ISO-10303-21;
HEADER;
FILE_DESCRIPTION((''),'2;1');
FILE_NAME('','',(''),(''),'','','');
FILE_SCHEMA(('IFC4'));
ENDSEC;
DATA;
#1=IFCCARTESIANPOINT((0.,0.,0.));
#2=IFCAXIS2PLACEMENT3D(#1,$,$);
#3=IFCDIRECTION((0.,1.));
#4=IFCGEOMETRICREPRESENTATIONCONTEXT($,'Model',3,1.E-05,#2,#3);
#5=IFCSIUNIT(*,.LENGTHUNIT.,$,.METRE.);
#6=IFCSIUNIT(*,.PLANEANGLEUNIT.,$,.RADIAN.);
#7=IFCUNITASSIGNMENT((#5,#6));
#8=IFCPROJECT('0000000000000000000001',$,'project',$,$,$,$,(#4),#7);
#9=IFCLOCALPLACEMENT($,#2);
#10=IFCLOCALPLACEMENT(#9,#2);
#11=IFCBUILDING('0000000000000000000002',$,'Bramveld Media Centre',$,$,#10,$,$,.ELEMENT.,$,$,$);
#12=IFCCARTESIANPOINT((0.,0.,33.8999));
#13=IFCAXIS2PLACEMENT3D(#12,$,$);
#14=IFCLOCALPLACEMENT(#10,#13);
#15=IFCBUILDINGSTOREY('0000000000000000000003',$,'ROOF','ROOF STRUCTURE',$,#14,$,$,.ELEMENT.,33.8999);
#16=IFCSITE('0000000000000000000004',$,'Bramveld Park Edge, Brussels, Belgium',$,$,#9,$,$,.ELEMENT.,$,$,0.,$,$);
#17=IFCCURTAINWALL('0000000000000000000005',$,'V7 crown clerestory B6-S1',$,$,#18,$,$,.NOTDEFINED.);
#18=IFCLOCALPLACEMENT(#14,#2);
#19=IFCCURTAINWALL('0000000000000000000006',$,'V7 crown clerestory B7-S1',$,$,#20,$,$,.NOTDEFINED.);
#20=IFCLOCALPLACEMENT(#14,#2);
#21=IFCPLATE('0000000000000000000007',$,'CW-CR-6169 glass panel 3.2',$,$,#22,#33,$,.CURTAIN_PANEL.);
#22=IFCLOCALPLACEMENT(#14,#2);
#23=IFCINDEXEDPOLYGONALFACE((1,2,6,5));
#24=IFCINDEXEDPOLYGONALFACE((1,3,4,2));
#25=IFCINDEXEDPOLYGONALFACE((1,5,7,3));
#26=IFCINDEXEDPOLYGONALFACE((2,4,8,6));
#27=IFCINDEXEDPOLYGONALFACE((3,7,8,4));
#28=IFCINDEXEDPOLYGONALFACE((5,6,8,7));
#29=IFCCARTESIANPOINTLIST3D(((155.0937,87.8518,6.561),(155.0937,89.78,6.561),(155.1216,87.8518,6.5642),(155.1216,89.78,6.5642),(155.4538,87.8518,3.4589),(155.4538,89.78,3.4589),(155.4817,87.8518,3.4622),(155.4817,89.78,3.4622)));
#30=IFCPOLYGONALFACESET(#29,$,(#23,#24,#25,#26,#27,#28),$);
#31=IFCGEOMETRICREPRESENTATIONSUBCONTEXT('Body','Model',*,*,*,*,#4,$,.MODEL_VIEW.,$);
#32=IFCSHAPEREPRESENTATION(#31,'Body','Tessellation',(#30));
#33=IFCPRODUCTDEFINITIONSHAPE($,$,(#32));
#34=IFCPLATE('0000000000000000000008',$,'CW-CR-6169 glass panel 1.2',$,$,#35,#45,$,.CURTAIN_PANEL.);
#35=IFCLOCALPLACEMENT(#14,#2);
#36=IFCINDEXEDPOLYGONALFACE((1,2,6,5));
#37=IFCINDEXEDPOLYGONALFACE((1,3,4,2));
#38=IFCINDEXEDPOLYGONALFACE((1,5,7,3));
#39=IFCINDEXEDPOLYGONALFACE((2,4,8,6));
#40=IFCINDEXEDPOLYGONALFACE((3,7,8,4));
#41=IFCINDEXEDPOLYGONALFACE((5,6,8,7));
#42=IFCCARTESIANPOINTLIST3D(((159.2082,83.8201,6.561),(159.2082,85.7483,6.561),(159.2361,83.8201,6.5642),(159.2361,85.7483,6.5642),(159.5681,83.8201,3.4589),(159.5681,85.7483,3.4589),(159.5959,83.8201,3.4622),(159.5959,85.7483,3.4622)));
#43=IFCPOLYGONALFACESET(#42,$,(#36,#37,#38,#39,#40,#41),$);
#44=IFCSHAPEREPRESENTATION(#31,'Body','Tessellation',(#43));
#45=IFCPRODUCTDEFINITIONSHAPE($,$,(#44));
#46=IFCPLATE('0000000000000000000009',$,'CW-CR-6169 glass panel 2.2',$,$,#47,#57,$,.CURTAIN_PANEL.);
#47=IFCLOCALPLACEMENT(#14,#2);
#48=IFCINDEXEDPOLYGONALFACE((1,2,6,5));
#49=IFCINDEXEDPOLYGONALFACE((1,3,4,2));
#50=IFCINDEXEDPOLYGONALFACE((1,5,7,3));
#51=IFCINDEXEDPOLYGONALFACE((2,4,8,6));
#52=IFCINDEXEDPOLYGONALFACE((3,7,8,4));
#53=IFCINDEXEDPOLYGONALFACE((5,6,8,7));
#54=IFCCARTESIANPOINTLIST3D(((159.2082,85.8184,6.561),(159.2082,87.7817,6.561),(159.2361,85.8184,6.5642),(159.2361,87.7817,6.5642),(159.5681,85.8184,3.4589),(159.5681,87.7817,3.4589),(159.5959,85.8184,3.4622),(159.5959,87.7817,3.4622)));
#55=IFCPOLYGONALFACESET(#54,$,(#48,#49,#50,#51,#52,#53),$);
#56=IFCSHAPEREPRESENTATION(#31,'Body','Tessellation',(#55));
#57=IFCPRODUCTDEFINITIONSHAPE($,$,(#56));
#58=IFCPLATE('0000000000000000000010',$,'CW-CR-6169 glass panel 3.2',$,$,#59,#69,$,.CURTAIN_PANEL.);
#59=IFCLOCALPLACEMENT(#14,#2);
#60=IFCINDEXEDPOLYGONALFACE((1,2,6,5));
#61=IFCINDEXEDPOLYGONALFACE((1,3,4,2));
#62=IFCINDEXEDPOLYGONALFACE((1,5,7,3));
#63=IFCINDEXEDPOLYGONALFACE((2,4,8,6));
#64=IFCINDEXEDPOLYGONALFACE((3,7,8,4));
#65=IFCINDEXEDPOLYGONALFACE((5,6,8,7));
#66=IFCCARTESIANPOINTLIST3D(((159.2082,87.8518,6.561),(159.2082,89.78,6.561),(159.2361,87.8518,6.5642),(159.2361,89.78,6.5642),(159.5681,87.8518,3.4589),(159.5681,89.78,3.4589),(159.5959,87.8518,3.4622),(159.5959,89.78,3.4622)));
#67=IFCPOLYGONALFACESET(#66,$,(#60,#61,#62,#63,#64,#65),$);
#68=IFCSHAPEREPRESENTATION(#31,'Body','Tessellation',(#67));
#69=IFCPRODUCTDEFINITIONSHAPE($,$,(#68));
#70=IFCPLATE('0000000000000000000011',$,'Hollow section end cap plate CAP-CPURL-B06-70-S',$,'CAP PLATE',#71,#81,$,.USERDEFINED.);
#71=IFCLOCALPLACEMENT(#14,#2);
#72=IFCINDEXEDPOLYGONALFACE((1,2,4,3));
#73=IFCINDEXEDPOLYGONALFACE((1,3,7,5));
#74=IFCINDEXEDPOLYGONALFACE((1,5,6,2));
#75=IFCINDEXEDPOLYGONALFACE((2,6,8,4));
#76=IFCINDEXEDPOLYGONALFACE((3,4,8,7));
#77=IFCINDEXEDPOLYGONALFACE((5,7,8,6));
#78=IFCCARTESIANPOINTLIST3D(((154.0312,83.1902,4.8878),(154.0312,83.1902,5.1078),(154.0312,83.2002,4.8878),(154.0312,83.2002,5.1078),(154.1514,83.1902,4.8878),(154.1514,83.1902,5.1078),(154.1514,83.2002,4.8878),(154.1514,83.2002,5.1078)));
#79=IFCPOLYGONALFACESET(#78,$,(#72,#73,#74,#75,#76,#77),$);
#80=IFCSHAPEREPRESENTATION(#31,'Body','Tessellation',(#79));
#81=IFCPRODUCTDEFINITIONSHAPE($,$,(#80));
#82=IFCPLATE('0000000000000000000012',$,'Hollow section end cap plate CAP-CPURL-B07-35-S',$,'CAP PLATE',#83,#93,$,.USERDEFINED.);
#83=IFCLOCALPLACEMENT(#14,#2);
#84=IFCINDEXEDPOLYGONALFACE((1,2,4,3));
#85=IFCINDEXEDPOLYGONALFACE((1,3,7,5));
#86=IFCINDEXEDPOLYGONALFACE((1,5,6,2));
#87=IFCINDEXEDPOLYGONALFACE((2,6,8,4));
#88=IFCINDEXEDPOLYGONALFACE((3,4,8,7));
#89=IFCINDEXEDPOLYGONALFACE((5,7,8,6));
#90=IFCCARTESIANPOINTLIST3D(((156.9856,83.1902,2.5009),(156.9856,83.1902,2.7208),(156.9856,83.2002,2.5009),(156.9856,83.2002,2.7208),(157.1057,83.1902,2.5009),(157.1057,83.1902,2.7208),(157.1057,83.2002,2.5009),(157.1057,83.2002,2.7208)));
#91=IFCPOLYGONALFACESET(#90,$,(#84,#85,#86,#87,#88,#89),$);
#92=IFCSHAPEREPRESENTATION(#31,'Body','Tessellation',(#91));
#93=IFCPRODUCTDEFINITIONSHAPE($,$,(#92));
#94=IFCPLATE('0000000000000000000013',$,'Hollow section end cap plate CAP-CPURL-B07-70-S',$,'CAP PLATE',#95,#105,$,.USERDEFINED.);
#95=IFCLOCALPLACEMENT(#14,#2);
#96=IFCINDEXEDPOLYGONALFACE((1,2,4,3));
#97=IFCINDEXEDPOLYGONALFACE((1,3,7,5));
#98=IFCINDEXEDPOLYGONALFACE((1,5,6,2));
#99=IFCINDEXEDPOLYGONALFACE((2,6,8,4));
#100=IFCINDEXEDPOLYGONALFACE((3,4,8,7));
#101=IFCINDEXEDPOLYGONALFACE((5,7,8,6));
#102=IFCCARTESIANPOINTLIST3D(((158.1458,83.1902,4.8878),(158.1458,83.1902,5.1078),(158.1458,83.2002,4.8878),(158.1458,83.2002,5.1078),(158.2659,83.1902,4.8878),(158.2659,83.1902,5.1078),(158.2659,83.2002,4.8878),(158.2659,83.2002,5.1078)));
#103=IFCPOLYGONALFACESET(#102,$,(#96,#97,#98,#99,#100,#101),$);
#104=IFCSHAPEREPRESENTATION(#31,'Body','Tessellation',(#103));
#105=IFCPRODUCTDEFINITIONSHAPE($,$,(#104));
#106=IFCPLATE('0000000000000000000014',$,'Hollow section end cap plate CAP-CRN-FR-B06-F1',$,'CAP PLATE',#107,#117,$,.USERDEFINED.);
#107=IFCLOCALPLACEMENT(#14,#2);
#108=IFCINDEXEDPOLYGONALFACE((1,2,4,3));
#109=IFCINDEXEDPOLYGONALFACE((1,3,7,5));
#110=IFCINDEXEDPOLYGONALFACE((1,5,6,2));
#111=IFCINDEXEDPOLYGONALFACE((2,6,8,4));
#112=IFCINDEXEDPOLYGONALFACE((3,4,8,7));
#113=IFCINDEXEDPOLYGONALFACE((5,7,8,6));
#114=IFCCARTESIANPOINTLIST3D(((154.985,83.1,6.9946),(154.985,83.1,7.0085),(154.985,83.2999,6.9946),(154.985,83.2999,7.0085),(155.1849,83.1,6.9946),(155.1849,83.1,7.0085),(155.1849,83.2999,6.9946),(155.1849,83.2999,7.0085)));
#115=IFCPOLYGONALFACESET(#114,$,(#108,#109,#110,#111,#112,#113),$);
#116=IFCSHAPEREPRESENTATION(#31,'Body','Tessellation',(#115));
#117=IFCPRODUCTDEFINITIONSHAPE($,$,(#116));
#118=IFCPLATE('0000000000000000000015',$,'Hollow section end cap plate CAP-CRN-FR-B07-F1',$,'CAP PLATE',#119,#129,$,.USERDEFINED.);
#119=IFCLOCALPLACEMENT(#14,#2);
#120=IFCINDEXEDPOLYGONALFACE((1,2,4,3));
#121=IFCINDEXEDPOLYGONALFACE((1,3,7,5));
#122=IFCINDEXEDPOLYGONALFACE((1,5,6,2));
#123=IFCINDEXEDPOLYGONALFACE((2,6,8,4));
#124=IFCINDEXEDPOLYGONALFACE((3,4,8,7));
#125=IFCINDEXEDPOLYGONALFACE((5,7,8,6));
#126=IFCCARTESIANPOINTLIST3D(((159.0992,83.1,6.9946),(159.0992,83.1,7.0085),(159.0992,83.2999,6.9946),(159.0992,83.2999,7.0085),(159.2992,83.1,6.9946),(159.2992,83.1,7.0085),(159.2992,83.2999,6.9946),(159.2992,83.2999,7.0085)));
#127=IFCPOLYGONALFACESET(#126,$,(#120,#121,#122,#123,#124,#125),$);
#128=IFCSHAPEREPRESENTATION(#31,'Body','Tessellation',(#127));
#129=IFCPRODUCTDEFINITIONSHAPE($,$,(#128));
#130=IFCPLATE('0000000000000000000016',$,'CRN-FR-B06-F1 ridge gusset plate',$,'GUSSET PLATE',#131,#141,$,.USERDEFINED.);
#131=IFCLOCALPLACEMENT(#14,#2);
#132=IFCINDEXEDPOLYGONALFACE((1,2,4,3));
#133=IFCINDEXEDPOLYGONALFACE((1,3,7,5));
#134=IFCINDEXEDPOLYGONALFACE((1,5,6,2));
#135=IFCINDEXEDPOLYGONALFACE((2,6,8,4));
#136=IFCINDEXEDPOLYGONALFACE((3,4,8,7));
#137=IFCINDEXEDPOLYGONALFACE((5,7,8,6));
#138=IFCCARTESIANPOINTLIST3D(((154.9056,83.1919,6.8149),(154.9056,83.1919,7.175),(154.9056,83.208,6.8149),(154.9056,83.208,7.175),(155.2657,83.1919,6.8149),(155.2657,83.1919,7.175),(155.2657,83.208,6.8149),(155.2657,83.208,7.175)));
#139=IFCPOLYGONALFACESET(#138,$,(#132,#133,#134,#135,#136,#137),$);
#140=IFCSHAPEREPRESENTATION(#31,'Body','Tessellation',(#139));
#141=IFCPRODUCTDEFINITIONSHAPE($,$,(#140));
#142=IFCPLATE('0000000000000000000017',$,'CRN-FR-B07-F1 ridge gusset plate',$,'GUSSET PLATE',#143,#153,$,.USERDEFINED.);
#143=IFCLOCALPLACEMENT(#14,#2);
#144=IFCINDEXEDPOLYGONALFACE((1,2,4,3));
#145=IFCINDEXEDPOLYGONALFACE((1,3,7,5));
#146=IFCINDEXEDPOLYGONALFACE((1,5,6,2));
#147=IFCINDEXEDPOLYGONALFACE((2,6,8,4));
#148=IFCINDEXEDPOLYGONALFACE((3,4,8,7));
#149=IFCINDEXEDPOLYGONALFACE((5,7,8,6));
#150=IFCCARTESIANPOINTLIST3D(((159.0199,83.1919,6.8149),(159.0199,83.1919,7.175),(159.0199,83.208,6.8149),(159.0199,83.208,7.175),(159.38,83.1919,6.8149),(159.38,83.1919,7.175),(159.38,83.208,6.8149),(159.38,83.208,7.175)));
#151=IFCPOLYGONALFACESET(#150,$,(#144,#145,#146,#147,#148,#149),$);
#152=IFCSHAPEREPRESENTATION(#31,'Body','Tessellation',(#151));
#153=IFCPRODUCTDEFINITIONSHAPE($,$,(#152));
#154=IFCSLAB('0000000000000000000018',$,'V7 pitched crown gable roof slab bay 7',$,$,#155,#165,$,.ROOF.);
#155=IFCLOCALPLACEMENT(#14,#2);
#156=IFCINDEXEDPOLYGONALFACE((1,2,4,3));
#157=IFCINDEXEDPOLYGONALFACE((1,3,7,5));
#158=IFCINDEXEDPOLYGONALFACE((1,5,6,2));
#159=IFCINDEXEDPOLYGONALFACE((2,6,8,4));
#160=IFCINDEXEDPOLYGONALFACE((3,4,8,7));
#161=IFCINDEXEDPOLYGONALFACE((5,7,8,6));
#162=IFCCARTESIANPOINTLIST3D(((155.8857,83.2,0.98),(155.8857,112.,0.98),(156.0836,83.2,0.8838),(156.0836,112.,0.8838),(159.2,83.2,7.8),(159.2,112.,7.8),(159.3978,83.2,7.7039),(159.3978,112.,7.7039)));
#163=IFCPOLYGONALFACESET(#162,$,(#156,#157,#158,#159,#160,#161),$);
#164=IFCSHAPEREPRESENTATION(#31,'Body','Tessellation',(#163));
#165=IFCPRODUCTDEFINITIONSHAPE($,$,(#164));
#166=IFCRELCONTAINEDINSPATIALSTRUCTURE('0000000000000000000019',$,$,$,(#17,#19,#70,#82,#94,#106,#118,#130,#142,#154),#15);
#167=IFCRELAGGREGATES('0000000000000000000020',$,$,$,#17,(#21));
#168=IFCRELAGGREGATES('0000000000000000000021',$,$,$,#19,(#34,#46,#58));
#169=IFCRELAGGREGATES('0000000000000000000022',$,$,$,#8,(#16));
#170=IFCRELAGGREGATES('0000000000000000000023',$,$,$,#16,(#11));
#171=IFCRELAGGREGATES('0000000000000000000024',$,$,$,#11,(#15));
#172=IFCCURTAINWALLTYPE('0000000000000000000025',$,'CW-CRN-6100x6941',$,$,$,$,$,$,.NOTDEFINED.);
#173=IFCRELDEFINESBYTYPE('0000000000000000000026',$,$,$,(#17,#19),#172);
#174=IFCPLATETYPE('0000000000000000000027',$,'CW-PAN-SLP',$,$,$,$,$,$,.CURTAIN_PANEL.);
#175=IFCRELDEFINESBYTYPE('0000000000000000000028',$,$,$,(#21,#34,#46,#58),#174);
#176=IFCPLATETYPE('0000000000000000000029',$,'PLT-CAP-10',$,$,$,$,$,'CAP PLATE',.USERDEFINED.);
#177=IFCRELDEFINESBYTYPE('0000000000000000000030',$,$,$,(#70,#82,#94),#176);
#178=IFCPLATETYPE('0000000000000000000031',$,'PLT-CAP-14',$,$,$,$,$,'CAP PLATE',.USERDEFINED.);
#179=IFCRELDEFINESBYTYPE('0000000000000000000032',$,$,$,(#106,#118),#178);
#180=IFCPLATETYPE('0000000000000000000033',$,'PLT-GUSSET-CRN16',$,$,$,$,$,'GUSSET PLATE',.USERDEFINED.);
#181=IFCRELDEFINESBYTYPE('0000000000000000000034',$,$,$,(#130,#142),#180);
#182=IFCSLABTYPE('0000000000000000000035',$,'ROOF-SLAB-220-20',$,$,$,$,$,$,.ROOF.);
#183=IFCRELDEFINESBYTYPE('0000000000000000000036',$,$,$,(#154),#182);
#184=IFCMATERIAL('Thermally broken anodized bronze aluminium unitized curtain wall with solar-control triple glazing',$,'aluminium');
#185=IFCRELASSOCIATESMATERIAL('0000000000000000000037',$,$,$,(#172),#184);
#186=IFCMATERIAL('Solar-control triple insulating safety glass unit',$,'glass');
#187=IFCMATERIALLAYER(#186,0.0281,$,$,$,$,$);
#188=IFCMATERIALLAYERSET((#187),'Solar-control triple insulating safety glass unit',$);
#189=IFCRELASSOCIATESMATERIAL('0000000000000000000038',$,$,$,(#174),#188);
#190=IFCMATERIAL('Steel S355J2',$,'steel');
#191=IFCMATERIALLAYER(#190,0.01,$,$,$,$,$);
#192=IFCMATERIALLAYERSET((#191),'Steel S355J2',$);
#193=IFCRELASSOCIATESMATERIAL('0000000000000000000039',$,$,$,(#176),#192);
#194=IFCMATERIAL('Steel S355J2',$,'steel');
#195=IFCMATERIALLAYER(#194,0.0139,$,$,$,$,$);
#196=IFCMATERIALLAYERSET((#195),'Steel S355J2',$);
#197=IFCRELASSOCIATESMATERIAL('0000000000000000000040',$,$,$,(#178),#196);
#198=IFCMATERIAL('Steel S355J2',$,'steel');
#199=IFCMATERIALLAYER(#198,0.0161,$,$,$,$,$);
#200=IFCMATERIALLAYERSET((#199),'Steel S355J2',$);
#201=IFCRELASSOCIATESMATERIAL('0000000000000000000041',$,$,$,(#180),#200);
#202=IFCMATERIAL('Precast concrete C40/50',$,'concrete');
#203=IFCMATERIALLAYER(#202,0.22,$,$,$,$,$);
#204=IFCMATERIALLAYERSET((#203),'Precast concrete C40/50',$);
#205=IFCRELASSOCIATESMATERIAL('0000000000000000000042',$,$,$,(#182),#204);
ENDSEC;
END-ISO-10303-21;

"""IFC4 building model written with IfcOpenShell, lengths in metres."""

from ifc_helpers import new_model, si_unit, direction, frame, origin, origin_2d, place, context, subcontext, project, spatial, polyline, rectangle, outline, extrude, material, layer, layer_set, type_object, element, aggregate, save


model = new_model("IFC4")

# Units and contexts
model_context = context("Model", 3, precision=1e-05, world=origin(), true_north=direction((0.0, 1.0)))
body_context = subcontext(model_context, "Body", "Model", "MODEL_VIEW")
ifc_project = project(units=[si_unit("LENGTHUNIT", "METRE"), si_unit("PLANEANGLEUNIT", "RADIAN")], contexts=[model_context])

# Site, building, storey
site_placement = place(None, origin())
site = spatial("IfcSite", under=ifc_project, at=site_placement, Name="Bramveld Park Edge, Brussels, Belgium", CompositionType="ELEMENT", RefElevation=0.0)
building_placement = place(site_placement, origin())
building = spatial("IfcBuilding", under=site, at=building_placement, Name="Bramveld Media Centre", CompositionType="ELEMENT")
storey_placement = place(building_placement, frame((0.0, 0.0, 33.8999)))
storey = spatial("IfcBuildingStorey", under=building, at=storey_placement, Name="ROOF", Description="ROOF STRUCTURE", CompositionType="ELEMENT", Elevation=33.8999)

# Curtain walls
ifc_material_1 = material(Name="Thermally broken anodized bronze aluminium unitized curtain wall with solar-control triple glazing", Category="aluminium")
curtain_wall_type = type_object("IfcCurtainWallType", Name="CW-CRN-6100x6941", PredefinedType="NOTDEFINED", material=ifc_material_1)
curtain_wall_1_placement = place(storey_placement, origin())
curtain_wall_1 = element("IfcCurtainWall", 1, at=curtain_wall_1_placement, inside=storey, type_object=curtain_wall_type, Name="V7 crown clerestory B6-S1", PredefinedType="NOTDEFINED")
curtain_wall_2_placement = place(storey_placement, origin())
curtain_wall_2 = element("IfcCurtainWall", 2, at=curtain_wall_2_placement, inside=storey, type_object=curtain_wall_type, Name="V7 crown clerestory B7-S1", PredefinedType="NOTDEFINED")

# Plates
ifc_material_2 = material(Name="Solar-control triple insulating safety glass unit", Category="glass")
ifc_layer_1 = layer(ifc_material_2, 0.0281)
ifc_layer_set_1 = layer_set([ifc_layer_1], Name="Solar-control triple insulating safety glass unit")
plate_type_1 = type_object("IfcPlateType", Name="CW-PAN-SLP", PredefinedType="CURTAIN_PANEL", material=ifc_layer_set_1)
plate_1_placement = place(storey_placement, frame((155.4817, 87.8518, 3.4622), z_axis=(0.993329, 0.0, 0.115313), x_axis=(0.0, 1.0, 0.0)))
plate_1 = element("IfcPlate", 3, at=plate_1_placement, type_object=plate_type_1, Name="CW-CR-6169 glass panel 3.2", PredefinedType="CURTAIN_PANEL", context=body_context, shape_type="SweptSolid", body=[
    extrude(outline(polyline([(0.0, 0.0), (1.9282, 0.0), (1.9282, 3.1229), (0.0, 3.1229), (0.0, 0.0)])), origin(), (0.0, 0.0, -1.0), 0.0281),
])
aggregate(curtain_wall_1, [plate_1])
plate_2_placement = place(storey_placement, frame((159.5959, 83.8201, 3.4622), z_axis=(0.993338, 0.0, 0.115235), x_axis=(0.0, 1.0, 0.0)))
plate_2 = element("IfcPlate", 4, at=plate_2_placement, type_object=plate_type_1, Name="CW-CR-6169 glass panel 1.2", PredefinedType="CURTAIN_PANEL", context=body_context, shape_type="SweptSolid", body=[
    extrude(outline(polyline([(0.0, 0.0), (1.9282, 0.0), (1.9282, 3.1229), (0.0, 3.1229), (0.0, 0.0)])), origin(), (0.0, 0.0, -1.0), 0.0281),
])
plate_3_placement = place(storey_placement, frame((159.5959, 85.8184, 3.4622), z_axis=(0.993338, 0.0, 0.115235), x_axis=(0.0, 1.0, 0.0)))
plate_3 = element("IfcPlate", 5, at=plate_3_placement, type_object=plate_type_1, Name="CW-CR-6169 glass panel 2.2", PredefinedType="CURTAIN_PANEL", context=body_context, shape_type="SweptSolid", body=[
    extrude(outline(polyline([(0.0, 0.0), (1.9634, 0.0), (1.9634, 3.1229), (0.0, 3.1229), (0.0, 0.0)])), origin(), (0.0, 0.0, -1.0), 0.0281),
])
plate_4_placement = place(storey_placement, frame((159.5959, 87.8518, 3.4622), z_axis=(0.993338, 0.0, 0.115235), x_axis=(0.0, 1.0, 0.0)))
plate_4 = element("IfcPlate", 6, at=plate_4_placement, type_object=plate_type_1, Name="CW-CR-6169 glass panel 3.2", PredefinedType="CURTAIN_PANEL", context=body_context, shape_type="SweptSolid", body=[
    extrude(outline(polyline([(0.0, 0.0), (1.9282, 0.0), (1.9282, 3.1229), (0.0, 3.1229), (0.0, 0.0)])), origin(), (0.0, 0.0, -1.0), 0.0281),
])
aggregate(curtain_wall_2, [plate_2, plate_3, plate_4])

# Plates
ifc_material_3 = material(Name="Steel S355J2", Category="steel")
ifc_layer_2 = layer(ifc_material_3, 0.01)
ifc_layer_set_2 = layer_set([ifc_layer_2], Name="Steel S355J2")
plate_type_2 = type_object("IfcPlateType", Name="PLT-CAP-10", ElementType="CAP PLATE", PredefinedType="USERDEFINED", material=ifc_layer_set_2)
for number, where, z_axis, x_axis, name in (
    (7, (154.0913, 83.2002, 4.9978), (0.0, -1.0, 0.0), (1.0, 0.0, 0.0), "Hollow section end cap plate CAP-CPURL-B06-70-S"),
    (8, (157.0457, 83.2002, 2.6108), (0.0, -1.0, 0.0), (1.0, 0.0, 0.0), "Hollow section end cap plate CAP-CPURL-B07-35-S"),
    (9, (158.2058, 83.2002, 4.9978), (0.0, -1.0, 0.0), (1.0, 0.0, 0.0), "Hollow section end cap plate CAP-CPURL-B07-70-S"),
):
    element("IfcPlate", number, at=place(storey_placement, frame(where, z_axis=z_axis, x_axis=x_axis)), inside=storey, type_object=plate_type_2, Name=name, ObjectType="CAP PLATE", PredefinedType="USERDEFINED", context=body_context, shape_type="SweptSolid", body=[
        extrude(rectangle(XDim=0.1201, YDim=0.22, at=origin_2d()), origin(), (0.0, 0.0, 1.0), 0.01),
    ])
ifc_material_4 = material(Name="Steel S355J2", Category="steel")
ifc_layer_3 = layer(ifc_material_4, 0.0139)
ifc_layer_set_3 = layer_set([ifc_layer_3], Name="Steel S355J2")
plate_type_3 = type_object("IfcPlateType", Name="PLT-CAP-14", ElementType="CAP PLATE", PredefinedType="USERDEFINED", material=ifc_layer_set_3)
for number, where, z_axis, x_axis, name in (
    (10, (155.085, 83.2, 6.9946), (0.0, 0.0, 1.0), (1.0, 0.0, 0.0), "Hollow section end cap plate CAP-CRN-FR-B06-F1"),
    (11, (159.1992, 83.2, 6.9946), (0.0, 0.0, 1.0), (1.0, 0.0, 0.0), "Hollow section end cap plate CAP-CRN-FR-B07-F1"),
):
    element("IfcPlate", number, at=place(storey_placement, frame(where, z_axis=z_axis, x_axis=x_axis)), inside=storey, type_object=plate_type_3, Name=name, ObjectType="CAP PLATE", PredefinedType="USERDEFINED", context=body_context, shape_type="SweptSolid", body=[
        extrude(rectangle(XDim=0.2, YDim=0.2, at=origin_2d()), origin(), (0.0, 0.0, 1.0), 0.0139),
    ])
ifc_material_5 = material(Name="Steel S355J2", Category="steel")
ifc_layer_4 = layer(ifc_material_5, 0.0161)
ifc_layer_set_4 = layer_set([ifc_layer_4], Name="Steel S355J2")
plate_type_4 = type_object("IfcPlateType", Name="PLT-GUSSET-CRN16", ElementType="GUSSET PLATE", PredefinedType="USERDEFINED", material=ifc_layer_set_4)
for number, where, z_axis, x_axis, name in (
    (12, (155.0857, 83.2, 6.8149), (0.0, 0.0, 1.0), (1.0, 0.0, 0.0), "CRN-FR-B06-F1 ridge gusset plate"),
    (13, (159.2, 83.2, 6.8149), (0.0, 0.0, 1.0), (1.0, 0.0, 0.0), "CRN-FR-B07-F1 ridge gusset plate"),
):
    element("IfcPlate", number, at=place(storey_placement, frame(where, z_axis=z_axis, x_axis=x_axis)), inside=storey, type_object=plate_type_4, Name=name, ObjectType="GUSSET PLATE", PredefinedType="USERDEFINED", context=body_context, shape_type="SweptSolid", body=[
        extrude(rectangle(XDim=0.3601, YDim=0.0161, at=origin_2d()), origin(), (0.0, 0.0, 1.0), 0.3601),
    ])

# Slab
ifc_material_6 = material(Name="Precast concrete C40/50", Category="concrete")
ifc_layer_5 = layer(ifc_material_6, 0.22)
ifc_layer_set_5 = layer_set([ifc_layer_5], Name="Precast concrete C40/50")
slab_type = type_object("IfcSlabType", Name="ROOF-SLAB-220-20", PredefinedType="ROOF", material=ifc_layer_set_5)
slab_placement = place(storey_placement, frame((155.8857, 83.2, 0.98), z_axis=(-0.899425, 0.0, 0.437075), x_axis=(0.437075, 0.0, 0.899425)))
element("IfcSlab", 14, at=slab_placement, inside=storey, type_object=slab_type, Name="V7 pitched crown gable roof slab bay 7", PredefinedType="ROOF", context=body_context, shape_type="SweptSolid", body=[
    extrude(outline(polyline([(0.0, 0.0), (7.5827, 0.0), (7.5827, 28.8), (0.0, 28.8), (0.0, 0.0)])), origin(), (0.0, 0.0, -1.0), 0.22),
])

save(model, "model.ifc")
